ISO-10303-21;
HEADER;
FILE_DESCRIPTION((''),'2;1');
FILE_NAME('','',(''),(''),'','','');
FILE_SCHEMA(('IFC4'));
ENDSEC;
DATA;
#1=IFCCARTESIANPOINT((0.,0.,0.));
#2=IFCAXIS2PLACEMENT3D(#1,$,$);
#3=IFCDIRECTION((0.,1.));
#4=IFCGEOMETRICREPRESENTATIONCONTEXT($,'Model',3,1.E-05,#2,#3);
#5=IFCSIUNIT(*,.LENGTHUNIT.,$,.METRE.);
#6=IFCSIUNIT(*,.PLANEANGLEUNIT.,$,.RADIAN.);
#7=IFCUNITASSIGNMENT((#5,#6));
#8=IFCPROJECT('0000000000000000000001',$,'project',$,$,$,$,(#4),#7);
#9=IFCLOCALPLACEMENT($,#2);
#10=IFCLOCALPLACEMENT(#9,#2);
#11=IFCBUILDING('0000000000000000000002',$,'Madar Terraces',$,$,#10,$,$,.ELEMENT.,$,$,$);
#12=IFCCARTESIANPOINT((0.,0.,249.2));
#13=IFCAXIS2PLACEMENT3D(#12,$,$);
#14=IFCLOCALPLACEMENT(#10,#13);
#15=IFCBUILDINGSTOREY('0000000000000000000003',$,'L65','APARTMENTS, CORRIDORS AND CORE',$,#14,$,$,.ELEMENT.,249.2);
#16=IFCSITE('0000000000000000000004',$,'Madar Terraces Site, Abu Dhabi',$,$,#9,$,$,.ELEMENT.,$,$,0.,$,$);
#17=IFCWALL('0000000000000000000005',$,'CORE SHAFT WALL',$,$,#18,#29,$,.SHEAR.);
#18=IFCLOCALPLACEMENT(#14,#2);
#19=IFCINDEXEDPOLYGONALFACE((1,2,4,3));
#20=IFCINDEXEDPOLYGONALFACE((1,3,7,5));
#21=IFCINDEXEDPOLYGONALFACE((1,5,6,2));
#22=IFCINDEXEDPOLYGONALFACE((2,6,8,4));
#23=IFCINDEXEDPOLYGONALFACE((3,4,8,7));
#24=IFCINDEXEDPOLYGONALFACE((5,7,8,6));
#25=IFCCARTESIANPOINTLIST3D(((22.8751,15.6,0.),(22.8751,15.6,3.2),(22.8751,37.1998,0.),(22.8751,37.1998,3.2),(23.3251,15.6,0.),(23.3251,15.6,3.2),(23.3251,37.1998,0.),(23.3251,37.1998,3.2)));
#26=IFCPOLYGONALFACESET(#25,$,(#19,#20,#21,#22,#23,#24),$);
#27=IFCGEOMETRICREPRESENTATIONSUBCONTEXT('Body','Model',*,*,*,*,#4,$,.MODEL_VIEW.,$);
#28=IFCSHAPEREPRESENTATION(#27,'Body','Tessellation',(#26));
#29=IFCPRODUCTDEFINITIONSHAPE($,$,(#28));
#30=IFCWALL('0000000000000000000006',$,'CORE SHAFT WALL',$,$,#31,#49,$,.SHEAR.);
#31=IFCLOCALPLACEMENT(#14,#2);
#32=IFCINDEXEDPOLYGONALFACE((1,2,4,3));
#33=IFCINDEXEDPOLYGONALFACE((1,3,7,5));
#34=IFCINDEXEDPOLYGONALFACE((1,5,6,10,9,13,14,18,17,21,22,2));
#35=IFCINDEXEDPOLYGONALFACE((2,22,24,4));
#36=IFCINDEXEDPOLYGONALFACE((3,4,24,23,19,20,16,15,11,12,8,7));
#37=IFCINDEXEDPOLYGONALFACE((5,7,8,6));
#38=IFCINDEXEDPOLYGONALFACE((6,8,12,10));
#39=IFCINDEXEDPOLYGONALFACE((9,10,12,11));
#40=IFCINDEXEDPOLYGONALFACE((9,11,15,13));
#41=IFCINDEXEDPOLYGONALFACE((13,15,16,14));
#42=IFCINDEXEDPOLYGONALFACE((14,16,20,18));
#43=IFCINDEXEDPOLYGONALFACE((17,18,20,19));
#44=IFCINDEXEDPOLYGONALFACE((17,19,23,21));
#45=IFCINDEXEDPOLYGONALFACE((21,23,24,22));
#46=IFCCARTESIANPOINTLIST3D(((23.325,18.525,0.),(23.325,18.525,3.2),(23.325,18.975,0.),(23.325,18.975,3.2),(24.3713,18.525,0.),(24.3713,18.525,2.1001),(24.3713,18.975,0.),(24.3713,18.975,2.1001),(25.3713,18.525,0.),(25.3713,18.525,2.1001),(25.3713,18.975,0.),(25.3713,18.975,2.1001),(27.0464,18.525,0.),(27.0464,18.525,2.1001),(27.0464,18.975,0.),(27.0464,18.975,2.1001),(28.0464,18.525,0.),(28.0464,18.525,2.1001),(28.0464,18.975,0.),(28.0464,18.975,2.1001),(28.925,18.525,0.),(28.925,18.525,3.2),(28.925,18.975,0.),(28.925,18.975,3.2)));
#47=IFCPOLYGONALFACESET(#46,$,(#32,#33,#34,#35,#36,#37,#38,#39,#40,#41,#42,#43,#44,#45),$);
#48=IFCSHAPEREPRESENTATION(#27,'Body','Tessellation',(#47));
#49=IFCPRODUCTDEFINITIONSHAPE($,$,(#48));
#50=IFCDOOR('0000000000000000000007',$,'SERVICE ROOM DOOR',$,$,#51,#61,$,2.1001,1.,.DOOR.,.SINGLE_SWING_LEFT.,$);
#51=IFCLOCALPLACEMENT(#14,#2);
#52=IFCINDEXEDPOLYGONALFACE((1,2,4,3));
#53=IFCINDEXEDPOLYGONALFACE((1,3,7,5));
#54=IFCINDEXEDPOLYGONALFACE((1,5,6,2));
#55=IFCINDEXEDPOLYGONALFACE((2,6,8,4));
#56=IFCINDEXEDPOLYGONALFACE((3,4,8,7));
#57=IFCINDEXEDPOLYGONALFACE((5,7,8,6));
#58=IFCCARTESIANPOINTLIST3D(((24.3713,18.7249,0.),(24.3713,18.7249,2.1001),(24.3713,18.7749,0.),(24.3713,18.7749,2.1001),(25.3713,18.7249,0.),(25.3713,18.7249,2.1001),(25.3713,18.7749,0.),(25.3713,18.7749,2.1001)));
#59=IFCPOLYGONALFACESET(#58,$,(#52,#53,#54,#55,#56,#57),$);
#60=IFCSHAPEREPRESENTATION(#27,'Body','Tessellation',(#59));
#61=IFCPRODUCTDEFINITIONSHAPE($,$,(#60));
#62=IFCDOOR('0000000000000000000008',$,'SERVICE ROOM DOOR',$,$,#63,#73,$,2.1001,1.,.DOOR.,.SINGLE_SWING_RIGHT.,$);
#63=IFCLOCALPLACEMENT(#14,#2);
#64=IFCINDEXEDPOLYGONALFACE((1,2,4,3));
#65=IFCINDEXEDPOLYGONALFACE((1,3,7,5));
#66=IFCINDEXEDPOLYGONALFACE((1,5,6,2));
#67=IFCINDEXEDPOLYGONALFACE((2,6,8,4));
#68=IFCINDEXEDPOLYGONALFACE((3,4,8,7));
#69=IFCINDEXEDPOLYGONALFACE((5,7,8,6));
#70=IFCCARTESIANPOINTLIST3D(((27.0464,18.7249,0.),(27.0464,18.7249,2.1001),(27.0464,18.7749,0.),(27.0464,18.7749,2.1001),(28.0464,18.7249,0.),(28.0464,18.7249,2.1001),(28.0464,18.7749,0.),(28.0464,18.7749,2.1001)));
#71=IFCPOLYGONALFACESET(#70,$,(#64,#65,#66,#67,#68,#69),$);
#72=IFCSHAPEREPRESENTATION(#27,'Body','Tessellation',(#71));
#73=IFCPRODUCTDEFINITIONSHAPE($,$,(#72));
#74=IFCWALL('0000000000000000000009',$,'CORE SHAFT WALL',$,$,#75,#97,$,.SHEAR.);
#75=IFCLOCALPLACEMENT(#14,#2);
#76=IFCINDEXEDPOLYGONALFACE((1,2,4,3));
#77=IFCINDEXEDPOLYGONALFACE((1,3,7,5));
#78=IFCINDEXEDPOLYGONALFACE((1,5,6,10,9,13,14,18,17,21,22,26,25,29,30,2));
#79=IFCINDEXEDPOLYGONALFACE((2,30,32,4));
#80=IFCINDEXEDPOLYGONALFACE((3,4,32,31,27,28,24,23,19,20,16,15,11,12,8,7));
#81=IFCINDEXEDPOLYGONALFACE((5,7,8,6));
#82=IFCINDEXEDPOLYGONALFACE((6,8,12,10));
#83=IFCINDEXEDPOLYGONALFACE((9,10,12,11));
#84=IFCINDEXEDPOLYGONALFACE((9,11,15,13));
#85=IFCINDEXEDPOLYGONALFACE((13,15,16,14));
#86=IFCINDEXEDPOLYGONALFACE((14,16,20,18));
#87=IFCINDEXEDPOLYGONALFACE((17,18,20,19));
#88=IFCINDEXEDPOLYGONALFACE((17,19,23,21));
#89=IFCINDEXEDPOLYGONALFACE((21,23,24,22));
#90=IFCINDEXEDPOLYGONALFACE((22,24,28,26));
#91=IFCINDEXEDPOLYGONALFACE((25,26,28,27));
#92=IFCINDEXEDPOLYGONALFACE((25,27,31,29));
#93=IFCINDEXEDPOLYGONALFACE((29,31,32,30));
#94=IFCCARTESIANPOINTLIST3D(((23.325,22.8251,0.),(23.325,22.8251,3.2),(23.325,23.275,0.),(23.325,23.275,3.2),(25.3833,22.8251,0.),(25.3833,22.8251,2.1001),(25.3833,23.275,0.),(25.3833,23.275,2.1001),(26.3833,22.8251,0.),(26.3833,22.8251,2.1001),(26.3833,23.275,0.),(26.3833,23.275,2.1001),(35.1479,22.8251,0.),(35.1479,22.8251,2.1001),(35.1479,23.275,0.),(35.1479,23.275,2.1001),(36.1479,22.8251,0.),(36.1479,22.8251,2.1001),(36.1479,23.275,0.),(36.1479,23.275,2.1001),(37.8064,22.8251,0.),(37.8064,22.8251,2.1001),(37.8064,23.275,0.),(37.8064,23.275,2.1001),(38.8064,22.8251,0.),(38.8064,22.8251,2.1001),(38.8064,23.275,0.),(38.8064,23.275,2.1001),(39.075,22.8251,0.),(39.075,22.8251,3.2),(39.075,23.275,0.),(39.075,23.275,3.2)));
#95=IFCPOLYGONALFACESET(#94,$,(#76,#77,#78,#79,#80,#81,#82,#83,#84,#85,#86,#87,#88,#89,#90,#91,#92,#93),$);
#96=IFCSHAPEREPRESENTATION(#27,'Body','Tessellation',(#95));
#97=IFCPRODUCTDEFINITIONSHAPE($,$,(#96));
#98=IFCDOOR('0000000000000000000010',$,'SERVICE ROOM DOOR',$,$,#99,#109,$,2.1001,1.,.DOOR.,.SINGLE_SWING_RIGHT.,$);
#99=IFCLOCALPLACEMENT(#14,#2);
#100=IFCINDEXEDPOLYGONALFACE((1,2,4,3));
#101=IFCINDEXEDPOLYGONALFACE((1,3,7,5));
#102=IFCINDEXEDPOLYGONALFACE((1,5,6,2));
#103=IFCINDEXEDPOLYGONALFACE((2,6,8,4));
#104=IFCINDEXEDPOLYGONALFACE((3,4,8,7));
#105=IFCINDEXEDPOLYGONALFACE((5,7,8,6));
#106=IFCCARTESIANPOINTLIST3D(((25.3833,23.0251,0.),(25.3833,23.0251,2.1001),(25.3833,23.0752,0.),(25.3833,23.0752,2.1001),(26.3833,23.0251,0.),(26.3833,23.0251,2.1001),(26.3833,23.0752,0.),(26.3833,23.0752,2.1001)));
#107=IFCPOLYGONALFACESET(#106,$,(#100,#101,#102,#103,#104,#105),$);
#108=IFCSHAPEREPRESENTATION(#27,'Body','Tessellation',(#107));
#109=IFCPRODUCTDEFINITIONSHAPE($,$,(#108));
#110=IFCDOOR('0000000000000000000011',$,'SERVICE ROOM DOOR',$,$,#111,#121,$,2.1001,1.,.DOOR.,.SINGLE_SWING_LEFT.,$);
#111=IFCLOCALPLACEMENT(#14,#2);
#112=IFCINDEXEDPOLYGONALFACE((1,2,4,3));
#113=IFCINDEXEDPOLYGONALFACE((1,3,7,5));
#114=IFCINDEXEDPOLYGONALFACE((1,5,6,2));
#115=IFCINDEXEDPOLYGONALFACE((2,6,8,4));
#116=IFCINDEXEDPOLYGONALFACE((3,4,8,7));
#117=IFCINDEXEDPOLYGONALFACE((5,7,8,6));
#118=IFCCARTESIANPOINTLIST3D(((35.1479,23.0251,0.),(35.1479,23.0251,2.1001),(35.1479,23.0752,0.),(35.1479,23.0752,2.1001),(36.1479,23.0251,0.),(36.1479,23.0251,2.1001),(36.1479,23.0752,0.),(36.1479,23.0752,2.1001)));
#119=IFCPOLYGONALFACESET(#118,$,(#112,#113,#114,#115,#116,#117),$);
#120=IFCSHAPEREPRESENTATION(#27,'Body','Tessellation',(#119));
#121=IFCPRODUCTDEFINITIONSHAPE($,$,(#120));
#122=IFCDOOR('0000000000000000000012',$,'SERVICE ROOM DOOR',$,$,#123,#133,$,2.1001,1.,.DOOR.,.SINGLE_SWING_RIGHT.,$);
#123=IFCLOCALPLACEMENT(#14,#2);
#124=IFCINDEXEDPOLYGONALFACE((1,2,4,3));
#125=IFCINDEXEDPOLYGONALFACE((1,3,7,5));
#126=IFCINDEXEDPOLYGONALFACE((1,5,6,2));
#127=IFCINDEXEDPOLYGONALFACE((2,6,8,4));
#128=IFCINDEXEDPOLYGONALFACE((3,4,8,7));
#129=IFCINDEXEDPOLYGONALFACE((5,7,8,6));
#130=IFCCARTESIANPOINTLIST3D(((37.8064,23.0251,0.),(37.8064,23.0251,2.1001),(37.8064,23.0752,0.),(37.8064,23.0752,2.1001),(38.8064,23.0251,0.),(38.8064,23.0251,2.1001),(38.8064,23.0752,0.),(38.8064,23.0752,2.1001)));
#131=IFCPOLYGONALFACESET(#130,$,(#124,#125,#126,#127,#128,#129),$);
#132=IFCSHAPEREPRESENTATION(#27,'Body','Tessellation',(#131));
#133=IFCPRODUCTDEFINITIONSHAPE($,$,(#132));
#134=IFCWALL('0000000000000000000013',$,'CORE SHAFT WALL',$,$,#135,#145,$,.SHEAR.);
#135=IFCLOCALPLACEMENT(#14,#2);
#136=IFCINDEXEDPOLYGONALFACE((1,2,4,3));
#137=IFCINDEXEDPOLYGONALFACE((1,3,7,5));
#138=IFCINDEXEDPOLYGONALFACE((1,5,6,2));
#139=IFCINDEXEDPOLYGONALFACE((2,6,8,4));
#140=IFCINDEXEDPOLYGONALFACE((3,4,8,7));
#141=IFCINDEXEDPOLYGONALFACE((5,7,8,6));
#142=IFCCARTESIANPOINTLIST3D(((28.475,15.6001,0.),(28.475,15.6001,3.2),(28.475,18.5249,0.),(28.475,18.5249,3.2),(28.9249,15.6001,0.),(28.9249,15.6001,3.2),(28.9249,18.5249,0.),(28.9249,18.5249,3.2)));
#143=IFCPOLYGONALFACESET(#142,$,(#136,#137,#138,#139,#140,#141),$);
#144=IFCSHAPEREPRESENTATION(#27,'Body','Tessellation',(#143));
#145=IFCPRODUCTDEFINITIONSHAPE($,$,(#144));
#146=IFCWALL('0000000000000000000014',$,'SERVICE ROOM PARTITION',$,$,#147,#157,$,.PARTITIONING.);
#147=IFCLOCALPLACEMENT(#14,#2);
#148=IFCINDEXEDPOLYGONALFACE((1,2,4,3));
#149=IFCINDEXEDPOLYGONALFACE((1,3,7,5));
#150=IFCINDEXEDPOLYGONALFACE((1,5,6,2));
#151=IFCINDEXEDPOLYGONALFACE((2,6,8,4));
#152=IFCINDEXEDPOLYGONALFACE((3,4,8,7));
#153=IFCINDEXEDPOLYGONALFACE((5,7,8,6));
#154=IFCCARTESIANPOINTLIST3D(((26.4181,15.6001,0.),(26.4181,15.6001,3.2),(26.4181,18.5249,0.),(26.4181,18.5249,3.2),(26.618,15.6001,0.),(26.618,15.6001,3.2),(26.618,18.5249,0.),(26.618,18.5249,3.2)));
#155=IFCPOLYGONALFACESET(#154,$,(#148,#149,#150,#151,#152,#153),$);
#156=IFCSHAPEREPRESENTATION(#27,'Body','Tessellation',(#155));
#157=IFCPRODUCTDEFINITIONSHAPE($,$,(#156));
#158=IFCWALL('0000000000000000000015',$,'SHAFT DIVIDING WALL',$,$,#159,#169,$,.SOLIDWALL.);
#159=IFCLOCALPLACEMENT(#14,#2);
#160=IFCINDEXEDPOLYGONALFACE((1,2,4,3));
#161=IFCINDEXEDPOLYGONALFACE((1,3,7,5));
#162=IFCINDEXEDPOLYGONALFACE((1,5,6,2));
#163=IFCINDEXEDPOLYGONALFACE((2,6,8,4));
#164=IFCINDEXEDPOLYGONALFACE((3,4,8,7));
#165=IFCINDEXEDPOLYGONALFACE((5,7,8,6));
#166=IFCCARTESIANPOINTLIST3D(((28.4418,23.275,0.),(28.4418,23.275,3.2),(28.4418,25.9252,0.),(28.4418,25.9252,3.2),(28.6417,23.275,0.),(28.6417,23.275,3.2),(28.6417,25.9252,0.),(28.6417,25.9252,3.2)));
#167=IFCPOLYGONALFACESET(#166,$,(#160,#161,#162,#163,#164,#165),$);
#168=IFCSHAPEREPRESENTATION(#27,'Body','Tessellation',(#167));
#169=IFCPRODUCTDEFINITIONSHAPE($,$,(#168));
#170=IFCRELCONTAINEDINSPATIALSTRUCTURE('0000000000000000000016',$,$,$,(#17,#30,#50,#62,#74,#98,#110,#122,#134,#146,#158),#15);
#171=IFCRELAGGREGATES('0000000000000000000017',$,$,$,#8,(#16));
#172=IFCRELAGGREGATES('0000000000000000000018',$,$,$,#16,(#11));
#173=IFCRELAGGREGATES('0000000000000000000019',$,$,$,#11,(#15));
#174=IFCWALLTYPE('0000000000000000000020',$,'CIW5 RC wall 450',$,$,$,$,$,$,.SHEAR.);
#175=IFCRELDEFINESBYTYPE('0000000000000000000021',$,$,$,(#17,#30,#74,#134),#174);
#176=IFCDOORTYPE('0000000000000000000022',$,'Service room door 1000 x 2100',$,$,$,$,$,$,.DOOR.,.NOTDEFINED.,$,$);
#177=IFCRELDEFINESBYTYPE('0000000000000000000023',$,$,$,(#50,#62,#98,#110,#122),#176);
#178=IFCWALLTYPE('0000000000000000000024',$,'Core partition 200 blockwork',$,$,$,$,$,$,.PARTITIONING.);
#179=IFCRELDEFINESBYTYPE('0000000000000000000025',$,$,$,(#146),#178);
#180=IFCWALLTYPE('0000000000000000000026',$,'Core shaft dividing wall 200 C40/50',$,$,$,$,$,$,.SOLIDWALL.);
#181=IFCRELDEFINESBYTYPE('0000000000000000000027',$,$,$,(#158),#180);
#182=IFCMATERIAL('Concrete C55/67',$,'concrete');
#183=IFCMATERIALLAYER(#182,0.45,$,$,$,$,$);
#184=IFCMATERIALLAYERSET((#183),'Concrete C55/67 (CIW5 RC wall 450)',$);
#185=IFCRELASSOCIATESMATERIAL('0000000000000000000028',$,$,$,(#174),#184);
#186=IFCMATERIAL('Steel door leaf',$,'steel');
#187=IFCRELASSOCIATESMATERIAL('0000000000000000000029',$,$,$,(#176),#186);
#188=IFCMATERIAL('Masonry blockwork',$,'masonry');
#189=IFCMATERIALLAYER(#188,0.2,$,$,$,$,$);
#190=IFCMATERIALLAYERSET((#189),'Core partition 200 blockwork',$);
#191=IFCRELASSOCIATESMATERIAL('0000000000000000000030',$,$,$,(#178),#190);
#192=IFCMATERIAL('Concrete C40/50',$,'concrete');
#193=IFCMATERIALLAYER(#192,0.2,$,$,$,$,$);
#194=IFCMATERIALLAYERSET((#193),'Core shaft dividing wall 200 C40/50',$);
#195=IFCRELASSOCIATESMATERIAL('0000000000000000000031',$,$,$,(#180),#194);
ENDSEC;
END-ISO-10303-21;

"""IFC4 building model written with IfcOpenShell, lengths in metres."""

from ifc_helpers import new_model, si_unit, direction, frame, frame_2d, origin, place, context, subcontext, project, spatial, rectangle, extrude, material, layer, layer_set, type_object, element, fill, save


model = new_model("IFC4")

# Units and contexts
model_context = context("Model", 3, precision=1e-05, world=origin(), true_north=direction((0.0, 1.0)))
body_context = subcontext(model_context, "Body", "Model", "MODEL_VIEW")
ifc_project = project(units=[si_unit("LENGTHUNIT", "METRE"), si_unit("PLANEANGLEUNIT", "RADIAN")], contexts=[model_context])

# Site, building, storey
site_placement = place(None, origin())
site = spatial("IfcSite", under=ifc_project, at=site_placement, Name="Madar Terraces Site, Abu Dhabi", CompositionType="ELEMENT", RefElevation=0.0)
building_placement = place(site_placement, origin())
building = spatial("IfcBuilding", under=site, at=building_placement, Name="Madar Terraces", CompositionType="ELEMENT")
storey_placement = place(building_placement, frame((0.0, 0.0, 249.2)))
storey = spatial("IfcBuildingStorey", under=building, at=storey_placement, Name="L65", Description="APARTMENTS, CORRIDORS AND CORE", CompositionType="ELEMENT", Elevation=249.2)

# Wall
ifc_material_1 = material(Name="Concrete C55/67", Category="concrete")
ifc_layer_1 = layer(ifc_material_1, 0.45)
ifc_layer_set_1 = layer_set([ifc_layer_1], Name="Concrete C55/67 (CIW5 RC wall 450)")
wall_type_1 = type_object("IfcWallType", Name="CIW5 RC wall 450", PredefinedType="SHEAR", material=ifc_layer_set_1)
wall_1_placement = place(storey_placement, frame((23.1001, 15.6001, 0.0), z_axis=(0.0, 0.0, 1.0), x_axis=(0.0, 1.0, 0.0)))
element("IfcWall", 1, at=wall_1_placement, inside=storey, type_object=wall_type_1, Name="CORE SHAFT WALL", PredefinedType="SHEAR", context=body_context, shape_type="SweptSolid", body=[
    extrude(rectangle(XDim=21.5999, YDim=0.45, at=frame_2d((10.7998, 0.0))), origin(), (0.0, 0.0, 1.0), 3.2),
])

# Walls, openings, doors
wall_2_placement = place(storey_placement, frame((23.325, 18.75, 0.0), z_axis=(0.0, 0.0, 1.0), x_axis=(1.0, 0.0, 0.0)))
wall_2 = element("IfcWall", 2, at=wall_2_placement, inside=storey, type_object=wall_type_1, Name="CORE SHAFT WALL", PredefinedType="SHEAR", context=body_context, shape_type="SweptSolid", body=[
    extrude(rectangle(XDim=5.6001, YDim=0.45, at=frame_2d((2.8, 0.0))), origin(), (0.0, 0.0, 1.0), 3.2),
])
opening_1_placement = place(wall_2_placement, frame((1.0464, 0.0, 0.0)))
opening_1 = element("IfcOpeningElement", 3, at=opening_1_placement, cuts=wall_2, PredefinedType="OPENING", context=body_context, shape_type="SweptSolid", body=[
    extrude(rectangle(XDim=1.0, YDim=2.1001, at=frame_2d((0.5, 1.05))), frame((0.0, 0.2349, 0.0), z_axis=(0.0, -1.0, 0.0), x_axis=(1.0, 0.0, 0.0)), (0.0, 0.0, 1.0), 0.47),
])
opening_2_placement = place(wall_2_placement, frame((3.7214, 0.0, 0.0)))
opening_2 = element("IfcOpeningElement", 4, at=opening_2_placement, cuts=wall_2, PredefinedType="OPENING", context=body_context, shape_type="SweptSolid", body=[
    extrude(rectangle(XDim=1.0, YDim=2.1001, at=frame_2d((0.5, 1.05))), frame((0.0, 0.2349, 0.0), z_axis=(0.0, -1.0, 0.0), x_axis=(1.0, 0.0, 0.0)), (0.0, 0.0, 1.0), 0.47),
])
ifc_material_2 = material(Name="Steel door leaf", Category="steel")
door_type = type_object("IfcDoorType", Name="Service room door 1000 x 2100", OperationType="NOTDEFINED", PredefinedType="DOOR", material=ifc_material_2)
door_1_placement = place(opening_1_placement, origin())
door_1 = element("IfcDoor", 5, at=door_1_placement, inside=storey, type_object=door_type, Name="SERVICE ROOM DOOR", OperationType="SINGLE_SWING_LEFT", OverallHeight=2.1001, OverallWidth=1.0, PredefinedType="DOOR", context=body_context, shape_type="SweptSolid", body=[
    extrude(rectangle(XDim=1.0, YDim=2.1001, at=frame_2d((0.5, 1.05))), frame((0.0, 0.0249, 0.0), z_axis=(0.0, -1.0, 0.0), x_axis=(1.0, 0.0, 0.0)), (0.0, 0.0, 1.0), 0.05),
])
fill(opening_1, door_1)
door_2_placement = place(opening_2_placement, origin())
door_2 = element("IfcDoor", 6, at=door_2_placement, inside=storey, type_object=door_type, Name="SERVICE ROOM DOOR", OperationType="SINGLE_SWING_RIGHT", OverallHeight=2.1001, OverallWidth=1.0, PredefinedType="DOOR", context=body_context, shape_type="SweptSolid", body=[
    extrude(rectangle(XDim=1.0, YDim=2.1001, at=frame_2d((0.5, 1.05))), frame((0.0, 0.0249, 0.0), z_axis=(0.0, -1.0, 0.0), x_axis=(1.0, 0.0, 0.0)), (0.0, 0.0, 1.0), 0.05),
])
fill(opening_2, door_2)
wall_3_placement = place(storey_placement, frame((23.325, 23.05, 0.0), z_axis=(0.0, 0.0, 1.0), x_axis=(1.0, 0.0, 0.0)))
wall_3 = element("IfcWall", 7, at=wall_3_placement, inside=storey, type_object=wall_type_1, Name="CORE SHAFT WALL", PredefinedType="SHEAR", context=body_context, shape_type="SweptSolid", body=[
    extrude(rectangle(XDim=15.75, YDim=0.45, at=frame_2d((7.875, 0.0))), origin(), (0.0, 0.0, 1.0), 3.2),
])
opening_3_placement = place(wall_3_placement, frame((2.0583, 0.0, 0.0)))
opening_3 = element("IfcOpeningElement", 8, at=opening_3_placement, cuts=wall_3, PredefinedType="OPENING", context=body_context, shape_type="SweptSolid", body=[
    extrude(rectangle(XDim=1.0, YDim=2.1001, at=frame_2d((0.5, 1.05))), frame((0.0, 0.2349, 0.0), z_axis=(0.0, -1.0, 0.0), x_axis=(1.0, 0.0, 0.0)), (0.0, 0.0, 1.0), 0.47),
])
opening_4_placement = place(wall_3_placement, frame((11.823, 0.0, 0.0)))
opening_4 = element("IfcOpeningElement", 9, at=opening_4_placement, cuts=wall_3, PredefinedType="OPENING", context=body_context, shape_type="SweptSolid", body=[
    extrude(rectangle(XDim=1.0, YDim=2.1001, at=frame_2d((0.5, 1.05))), frame((0.0, 0.2349, 0.0), z_axis=(0.0, -1.0, 0.0), x_axis=(1.0, 0.0, 0.0)), (0.0, 0.0, 1.0), 0.47),
])
opening_5_placement = place(wall_3_placement, frame((14.4814, 0.0, 0.0)))
opening_5 = element("IfcOpeningElement", 10, at=opening_5_placement, cuts=wall_3, PredefinedType="OPENING", context=body_context, shape_type="SweptSolid", body=[
    extrude(rectangle(XDim=1.0, YDim=2.1001, at=frame_2d((0.5, 1.05))), frame((0.0, 0.2349, 0.0), z_axis=(0.0, -1.0, 0.0), x_axis=(1.0, 0.0, 0.0)), (0.0, 0.0, 1.0), 0.47),
])
door_3_placement = place(opening_3_placement, frame((1.0, 0.0, 0.0), z_axis=(0.0, 0.0, 1.0), x_axis=(-1.0, 0.0, 0.0)))
door_3 = element("IfcDoor", 11, at=door_3_placement, inside=storey, type_object=door_type, Name="SERVICE ROOM DOOR", OperationType="SINGLE_SWING_RIGHT", OverallHeight=2.1001, OverallWidth=1.0, PredefinedType="DOOR", context=body_context, shape_type="SweptSolid", body=[
    extrude(rectangle(XDim=1.0, YDim=2.1001, at=frame_2d((0.5, 1.05))), frame((0.0, 0.0249, 0.0), z_axis=(0.0, -1.0, 0.0), x_axis=(1.0, 0.0, 0.0)), (0.0, 0.0, 1.0), 0.05),
])
fill(opening_3, door_3)
door_4_placement = place(opening_4_placement, frame((1.0, 0.0, 0.0), z_axis=(0.0, 0.0, 1.0), x_axis=(-1.0, 0.0, 0.0)))
door_4 = element("IfcDoor", 12, at=door_4_placement, inside=storey, type_object=door_type, Name="SERVICE ROOM DOOR", OperationType="SINGLE_SWING_LEFT", OverallHeight=2.1001, OverallWidth=1.0, PredefinedType="DOOR", context=body_context, shape_type="SweptSolid", body=[
    extrude(rectangle(XDim=1.0, YDim=2.1001, at=frame_2d((0.5, 1.05))), frame((0.0, 0.0249, 0.0), z_axis=(0.0, -1.0, 0.0), x_axis=(1.0, 0.0, 0.0)), (0.0, 0.0, 1.0), 0.05),
])
fill(opening_4, door_4)
door_5_placement = place(opening_5_placement, frame((1.0, 0.0, 0.0), z_axis=(0.0, 0.0, 1.0), x_axis=(-1.0, 0.0, 0.0)))
door_5 = element("IfcDoor", 13, at=door_5_placement, inside=storey, type_object=door_type, Name="SERVICE ROOM DOOR", OperationType="SINGLE_SWING_RIGHT", OverallHeight=2.1001, OverallWidth=1.0, PredefinedType="DOOR", context=body_context, shape_type="SweptSolid", body=[
    extrude(rectangle(XDim=1.0, YDim=2.1001, at=frame_2d((0.5, 1.05))), frame((0.0, 0.0249, 0.0), z_axis=(0.0, -1.0, 0.0), x_axis=(1.0, 0.0, 0.0)), (0.0, 0.0, 1.0), 0.05),
])
fill(opening_5, door_5)

# Walls
wall_4_placement = place(storey_placement, frame((28.7, 15.6001, 0.0), z_axis=(0.0, 0.0, 1.0), x_axis=(0.0, 1.0, 0.0)))
element("IfcWall", 14, at=wall_4_placement, inside=storey, type_object=wall_type_1, Name="CORE SHAFT WALL", PredefinedType="SHEAR", context=body_context, shape_type="SweptSolid", body=[
    extrude(rectangle(XDim=2.9248, YDim=0.45, at=frame_2d((1.4624, 0.0))), origin(), (0.0, 0.0, 1.0), 3.2),
])
ifc_material_3 = material(Name="Masonry blockwork", Category="masonry")
ifc_layer_2 = layer(ifc_material_3, 0.2)
ifc_layer_set_2 = layer_set([ifc_layer_2], Name="Core partition 200 blockwork")
wall_type_2 = type_object("IfcWallType", Name="Core partition 200 blockwork", PredefinedType="PARTITIONING", material=ifc_layer_set_2)
wall_5_placement = place(storey_placement, frame((26.5181, 15.6001, 0.0), z_axis=(0.0, 0.0, 1.0), x_axis=(0.0, 1.0, 0.0)))
element("IfcWall", 15, at=wall_5_placement, inside=storey, type_object=wall_type_2, Name="SERVICE ROOM PARTITION", PredefinedType="PARTITIONING", context=body_context, shape_type="SweptSolid", body=[
    extrude(rectangle(XDim=2.9248, YDim=0.2, at=frame_2d((1.4624, 0.0))), origin(), (0.0, 0.0, 1.0), 3.2),
])
ifc_material_4 = material(Name="Concrete C40/50", Category="concrete")
ifc_layer_3 = layer(ifc_material_4, 0.2)
ifc_layer_set_3 = layer_set([ifc_layer_3], Name="Core shaft dividing wall 200 C40/50")
wall_type_3 = type_object("IfcWallType", Name="Core shaft dividing wall 200 C40/50", PredefinedType="SOLIDWALL", material=ifc_layer_set_3)
wall_6_placement = place(storey_placement, frame((28.5417, 23.2749, 0.0), z_axis=(0.0, 0.0, 1.0), x_axis=(0.0, 1.0, 0.0)))
element("IfcWall", 16, at=wall_6_placement, inside=storey, type_object=wall_type_3, Name="SHAFT DIVIDING WALL", PredefinedType="SOLIDWALL", context=body_context, shape_type="SweptSolid", body=[
    extrude(rectangle(XDim=2.6501, YDim=0.2, at=frame_2d((1.3252, 0.0))), origin(), (0.0, 0.0, 1.0), 3.2),
])

save(model, "model.ifc")
